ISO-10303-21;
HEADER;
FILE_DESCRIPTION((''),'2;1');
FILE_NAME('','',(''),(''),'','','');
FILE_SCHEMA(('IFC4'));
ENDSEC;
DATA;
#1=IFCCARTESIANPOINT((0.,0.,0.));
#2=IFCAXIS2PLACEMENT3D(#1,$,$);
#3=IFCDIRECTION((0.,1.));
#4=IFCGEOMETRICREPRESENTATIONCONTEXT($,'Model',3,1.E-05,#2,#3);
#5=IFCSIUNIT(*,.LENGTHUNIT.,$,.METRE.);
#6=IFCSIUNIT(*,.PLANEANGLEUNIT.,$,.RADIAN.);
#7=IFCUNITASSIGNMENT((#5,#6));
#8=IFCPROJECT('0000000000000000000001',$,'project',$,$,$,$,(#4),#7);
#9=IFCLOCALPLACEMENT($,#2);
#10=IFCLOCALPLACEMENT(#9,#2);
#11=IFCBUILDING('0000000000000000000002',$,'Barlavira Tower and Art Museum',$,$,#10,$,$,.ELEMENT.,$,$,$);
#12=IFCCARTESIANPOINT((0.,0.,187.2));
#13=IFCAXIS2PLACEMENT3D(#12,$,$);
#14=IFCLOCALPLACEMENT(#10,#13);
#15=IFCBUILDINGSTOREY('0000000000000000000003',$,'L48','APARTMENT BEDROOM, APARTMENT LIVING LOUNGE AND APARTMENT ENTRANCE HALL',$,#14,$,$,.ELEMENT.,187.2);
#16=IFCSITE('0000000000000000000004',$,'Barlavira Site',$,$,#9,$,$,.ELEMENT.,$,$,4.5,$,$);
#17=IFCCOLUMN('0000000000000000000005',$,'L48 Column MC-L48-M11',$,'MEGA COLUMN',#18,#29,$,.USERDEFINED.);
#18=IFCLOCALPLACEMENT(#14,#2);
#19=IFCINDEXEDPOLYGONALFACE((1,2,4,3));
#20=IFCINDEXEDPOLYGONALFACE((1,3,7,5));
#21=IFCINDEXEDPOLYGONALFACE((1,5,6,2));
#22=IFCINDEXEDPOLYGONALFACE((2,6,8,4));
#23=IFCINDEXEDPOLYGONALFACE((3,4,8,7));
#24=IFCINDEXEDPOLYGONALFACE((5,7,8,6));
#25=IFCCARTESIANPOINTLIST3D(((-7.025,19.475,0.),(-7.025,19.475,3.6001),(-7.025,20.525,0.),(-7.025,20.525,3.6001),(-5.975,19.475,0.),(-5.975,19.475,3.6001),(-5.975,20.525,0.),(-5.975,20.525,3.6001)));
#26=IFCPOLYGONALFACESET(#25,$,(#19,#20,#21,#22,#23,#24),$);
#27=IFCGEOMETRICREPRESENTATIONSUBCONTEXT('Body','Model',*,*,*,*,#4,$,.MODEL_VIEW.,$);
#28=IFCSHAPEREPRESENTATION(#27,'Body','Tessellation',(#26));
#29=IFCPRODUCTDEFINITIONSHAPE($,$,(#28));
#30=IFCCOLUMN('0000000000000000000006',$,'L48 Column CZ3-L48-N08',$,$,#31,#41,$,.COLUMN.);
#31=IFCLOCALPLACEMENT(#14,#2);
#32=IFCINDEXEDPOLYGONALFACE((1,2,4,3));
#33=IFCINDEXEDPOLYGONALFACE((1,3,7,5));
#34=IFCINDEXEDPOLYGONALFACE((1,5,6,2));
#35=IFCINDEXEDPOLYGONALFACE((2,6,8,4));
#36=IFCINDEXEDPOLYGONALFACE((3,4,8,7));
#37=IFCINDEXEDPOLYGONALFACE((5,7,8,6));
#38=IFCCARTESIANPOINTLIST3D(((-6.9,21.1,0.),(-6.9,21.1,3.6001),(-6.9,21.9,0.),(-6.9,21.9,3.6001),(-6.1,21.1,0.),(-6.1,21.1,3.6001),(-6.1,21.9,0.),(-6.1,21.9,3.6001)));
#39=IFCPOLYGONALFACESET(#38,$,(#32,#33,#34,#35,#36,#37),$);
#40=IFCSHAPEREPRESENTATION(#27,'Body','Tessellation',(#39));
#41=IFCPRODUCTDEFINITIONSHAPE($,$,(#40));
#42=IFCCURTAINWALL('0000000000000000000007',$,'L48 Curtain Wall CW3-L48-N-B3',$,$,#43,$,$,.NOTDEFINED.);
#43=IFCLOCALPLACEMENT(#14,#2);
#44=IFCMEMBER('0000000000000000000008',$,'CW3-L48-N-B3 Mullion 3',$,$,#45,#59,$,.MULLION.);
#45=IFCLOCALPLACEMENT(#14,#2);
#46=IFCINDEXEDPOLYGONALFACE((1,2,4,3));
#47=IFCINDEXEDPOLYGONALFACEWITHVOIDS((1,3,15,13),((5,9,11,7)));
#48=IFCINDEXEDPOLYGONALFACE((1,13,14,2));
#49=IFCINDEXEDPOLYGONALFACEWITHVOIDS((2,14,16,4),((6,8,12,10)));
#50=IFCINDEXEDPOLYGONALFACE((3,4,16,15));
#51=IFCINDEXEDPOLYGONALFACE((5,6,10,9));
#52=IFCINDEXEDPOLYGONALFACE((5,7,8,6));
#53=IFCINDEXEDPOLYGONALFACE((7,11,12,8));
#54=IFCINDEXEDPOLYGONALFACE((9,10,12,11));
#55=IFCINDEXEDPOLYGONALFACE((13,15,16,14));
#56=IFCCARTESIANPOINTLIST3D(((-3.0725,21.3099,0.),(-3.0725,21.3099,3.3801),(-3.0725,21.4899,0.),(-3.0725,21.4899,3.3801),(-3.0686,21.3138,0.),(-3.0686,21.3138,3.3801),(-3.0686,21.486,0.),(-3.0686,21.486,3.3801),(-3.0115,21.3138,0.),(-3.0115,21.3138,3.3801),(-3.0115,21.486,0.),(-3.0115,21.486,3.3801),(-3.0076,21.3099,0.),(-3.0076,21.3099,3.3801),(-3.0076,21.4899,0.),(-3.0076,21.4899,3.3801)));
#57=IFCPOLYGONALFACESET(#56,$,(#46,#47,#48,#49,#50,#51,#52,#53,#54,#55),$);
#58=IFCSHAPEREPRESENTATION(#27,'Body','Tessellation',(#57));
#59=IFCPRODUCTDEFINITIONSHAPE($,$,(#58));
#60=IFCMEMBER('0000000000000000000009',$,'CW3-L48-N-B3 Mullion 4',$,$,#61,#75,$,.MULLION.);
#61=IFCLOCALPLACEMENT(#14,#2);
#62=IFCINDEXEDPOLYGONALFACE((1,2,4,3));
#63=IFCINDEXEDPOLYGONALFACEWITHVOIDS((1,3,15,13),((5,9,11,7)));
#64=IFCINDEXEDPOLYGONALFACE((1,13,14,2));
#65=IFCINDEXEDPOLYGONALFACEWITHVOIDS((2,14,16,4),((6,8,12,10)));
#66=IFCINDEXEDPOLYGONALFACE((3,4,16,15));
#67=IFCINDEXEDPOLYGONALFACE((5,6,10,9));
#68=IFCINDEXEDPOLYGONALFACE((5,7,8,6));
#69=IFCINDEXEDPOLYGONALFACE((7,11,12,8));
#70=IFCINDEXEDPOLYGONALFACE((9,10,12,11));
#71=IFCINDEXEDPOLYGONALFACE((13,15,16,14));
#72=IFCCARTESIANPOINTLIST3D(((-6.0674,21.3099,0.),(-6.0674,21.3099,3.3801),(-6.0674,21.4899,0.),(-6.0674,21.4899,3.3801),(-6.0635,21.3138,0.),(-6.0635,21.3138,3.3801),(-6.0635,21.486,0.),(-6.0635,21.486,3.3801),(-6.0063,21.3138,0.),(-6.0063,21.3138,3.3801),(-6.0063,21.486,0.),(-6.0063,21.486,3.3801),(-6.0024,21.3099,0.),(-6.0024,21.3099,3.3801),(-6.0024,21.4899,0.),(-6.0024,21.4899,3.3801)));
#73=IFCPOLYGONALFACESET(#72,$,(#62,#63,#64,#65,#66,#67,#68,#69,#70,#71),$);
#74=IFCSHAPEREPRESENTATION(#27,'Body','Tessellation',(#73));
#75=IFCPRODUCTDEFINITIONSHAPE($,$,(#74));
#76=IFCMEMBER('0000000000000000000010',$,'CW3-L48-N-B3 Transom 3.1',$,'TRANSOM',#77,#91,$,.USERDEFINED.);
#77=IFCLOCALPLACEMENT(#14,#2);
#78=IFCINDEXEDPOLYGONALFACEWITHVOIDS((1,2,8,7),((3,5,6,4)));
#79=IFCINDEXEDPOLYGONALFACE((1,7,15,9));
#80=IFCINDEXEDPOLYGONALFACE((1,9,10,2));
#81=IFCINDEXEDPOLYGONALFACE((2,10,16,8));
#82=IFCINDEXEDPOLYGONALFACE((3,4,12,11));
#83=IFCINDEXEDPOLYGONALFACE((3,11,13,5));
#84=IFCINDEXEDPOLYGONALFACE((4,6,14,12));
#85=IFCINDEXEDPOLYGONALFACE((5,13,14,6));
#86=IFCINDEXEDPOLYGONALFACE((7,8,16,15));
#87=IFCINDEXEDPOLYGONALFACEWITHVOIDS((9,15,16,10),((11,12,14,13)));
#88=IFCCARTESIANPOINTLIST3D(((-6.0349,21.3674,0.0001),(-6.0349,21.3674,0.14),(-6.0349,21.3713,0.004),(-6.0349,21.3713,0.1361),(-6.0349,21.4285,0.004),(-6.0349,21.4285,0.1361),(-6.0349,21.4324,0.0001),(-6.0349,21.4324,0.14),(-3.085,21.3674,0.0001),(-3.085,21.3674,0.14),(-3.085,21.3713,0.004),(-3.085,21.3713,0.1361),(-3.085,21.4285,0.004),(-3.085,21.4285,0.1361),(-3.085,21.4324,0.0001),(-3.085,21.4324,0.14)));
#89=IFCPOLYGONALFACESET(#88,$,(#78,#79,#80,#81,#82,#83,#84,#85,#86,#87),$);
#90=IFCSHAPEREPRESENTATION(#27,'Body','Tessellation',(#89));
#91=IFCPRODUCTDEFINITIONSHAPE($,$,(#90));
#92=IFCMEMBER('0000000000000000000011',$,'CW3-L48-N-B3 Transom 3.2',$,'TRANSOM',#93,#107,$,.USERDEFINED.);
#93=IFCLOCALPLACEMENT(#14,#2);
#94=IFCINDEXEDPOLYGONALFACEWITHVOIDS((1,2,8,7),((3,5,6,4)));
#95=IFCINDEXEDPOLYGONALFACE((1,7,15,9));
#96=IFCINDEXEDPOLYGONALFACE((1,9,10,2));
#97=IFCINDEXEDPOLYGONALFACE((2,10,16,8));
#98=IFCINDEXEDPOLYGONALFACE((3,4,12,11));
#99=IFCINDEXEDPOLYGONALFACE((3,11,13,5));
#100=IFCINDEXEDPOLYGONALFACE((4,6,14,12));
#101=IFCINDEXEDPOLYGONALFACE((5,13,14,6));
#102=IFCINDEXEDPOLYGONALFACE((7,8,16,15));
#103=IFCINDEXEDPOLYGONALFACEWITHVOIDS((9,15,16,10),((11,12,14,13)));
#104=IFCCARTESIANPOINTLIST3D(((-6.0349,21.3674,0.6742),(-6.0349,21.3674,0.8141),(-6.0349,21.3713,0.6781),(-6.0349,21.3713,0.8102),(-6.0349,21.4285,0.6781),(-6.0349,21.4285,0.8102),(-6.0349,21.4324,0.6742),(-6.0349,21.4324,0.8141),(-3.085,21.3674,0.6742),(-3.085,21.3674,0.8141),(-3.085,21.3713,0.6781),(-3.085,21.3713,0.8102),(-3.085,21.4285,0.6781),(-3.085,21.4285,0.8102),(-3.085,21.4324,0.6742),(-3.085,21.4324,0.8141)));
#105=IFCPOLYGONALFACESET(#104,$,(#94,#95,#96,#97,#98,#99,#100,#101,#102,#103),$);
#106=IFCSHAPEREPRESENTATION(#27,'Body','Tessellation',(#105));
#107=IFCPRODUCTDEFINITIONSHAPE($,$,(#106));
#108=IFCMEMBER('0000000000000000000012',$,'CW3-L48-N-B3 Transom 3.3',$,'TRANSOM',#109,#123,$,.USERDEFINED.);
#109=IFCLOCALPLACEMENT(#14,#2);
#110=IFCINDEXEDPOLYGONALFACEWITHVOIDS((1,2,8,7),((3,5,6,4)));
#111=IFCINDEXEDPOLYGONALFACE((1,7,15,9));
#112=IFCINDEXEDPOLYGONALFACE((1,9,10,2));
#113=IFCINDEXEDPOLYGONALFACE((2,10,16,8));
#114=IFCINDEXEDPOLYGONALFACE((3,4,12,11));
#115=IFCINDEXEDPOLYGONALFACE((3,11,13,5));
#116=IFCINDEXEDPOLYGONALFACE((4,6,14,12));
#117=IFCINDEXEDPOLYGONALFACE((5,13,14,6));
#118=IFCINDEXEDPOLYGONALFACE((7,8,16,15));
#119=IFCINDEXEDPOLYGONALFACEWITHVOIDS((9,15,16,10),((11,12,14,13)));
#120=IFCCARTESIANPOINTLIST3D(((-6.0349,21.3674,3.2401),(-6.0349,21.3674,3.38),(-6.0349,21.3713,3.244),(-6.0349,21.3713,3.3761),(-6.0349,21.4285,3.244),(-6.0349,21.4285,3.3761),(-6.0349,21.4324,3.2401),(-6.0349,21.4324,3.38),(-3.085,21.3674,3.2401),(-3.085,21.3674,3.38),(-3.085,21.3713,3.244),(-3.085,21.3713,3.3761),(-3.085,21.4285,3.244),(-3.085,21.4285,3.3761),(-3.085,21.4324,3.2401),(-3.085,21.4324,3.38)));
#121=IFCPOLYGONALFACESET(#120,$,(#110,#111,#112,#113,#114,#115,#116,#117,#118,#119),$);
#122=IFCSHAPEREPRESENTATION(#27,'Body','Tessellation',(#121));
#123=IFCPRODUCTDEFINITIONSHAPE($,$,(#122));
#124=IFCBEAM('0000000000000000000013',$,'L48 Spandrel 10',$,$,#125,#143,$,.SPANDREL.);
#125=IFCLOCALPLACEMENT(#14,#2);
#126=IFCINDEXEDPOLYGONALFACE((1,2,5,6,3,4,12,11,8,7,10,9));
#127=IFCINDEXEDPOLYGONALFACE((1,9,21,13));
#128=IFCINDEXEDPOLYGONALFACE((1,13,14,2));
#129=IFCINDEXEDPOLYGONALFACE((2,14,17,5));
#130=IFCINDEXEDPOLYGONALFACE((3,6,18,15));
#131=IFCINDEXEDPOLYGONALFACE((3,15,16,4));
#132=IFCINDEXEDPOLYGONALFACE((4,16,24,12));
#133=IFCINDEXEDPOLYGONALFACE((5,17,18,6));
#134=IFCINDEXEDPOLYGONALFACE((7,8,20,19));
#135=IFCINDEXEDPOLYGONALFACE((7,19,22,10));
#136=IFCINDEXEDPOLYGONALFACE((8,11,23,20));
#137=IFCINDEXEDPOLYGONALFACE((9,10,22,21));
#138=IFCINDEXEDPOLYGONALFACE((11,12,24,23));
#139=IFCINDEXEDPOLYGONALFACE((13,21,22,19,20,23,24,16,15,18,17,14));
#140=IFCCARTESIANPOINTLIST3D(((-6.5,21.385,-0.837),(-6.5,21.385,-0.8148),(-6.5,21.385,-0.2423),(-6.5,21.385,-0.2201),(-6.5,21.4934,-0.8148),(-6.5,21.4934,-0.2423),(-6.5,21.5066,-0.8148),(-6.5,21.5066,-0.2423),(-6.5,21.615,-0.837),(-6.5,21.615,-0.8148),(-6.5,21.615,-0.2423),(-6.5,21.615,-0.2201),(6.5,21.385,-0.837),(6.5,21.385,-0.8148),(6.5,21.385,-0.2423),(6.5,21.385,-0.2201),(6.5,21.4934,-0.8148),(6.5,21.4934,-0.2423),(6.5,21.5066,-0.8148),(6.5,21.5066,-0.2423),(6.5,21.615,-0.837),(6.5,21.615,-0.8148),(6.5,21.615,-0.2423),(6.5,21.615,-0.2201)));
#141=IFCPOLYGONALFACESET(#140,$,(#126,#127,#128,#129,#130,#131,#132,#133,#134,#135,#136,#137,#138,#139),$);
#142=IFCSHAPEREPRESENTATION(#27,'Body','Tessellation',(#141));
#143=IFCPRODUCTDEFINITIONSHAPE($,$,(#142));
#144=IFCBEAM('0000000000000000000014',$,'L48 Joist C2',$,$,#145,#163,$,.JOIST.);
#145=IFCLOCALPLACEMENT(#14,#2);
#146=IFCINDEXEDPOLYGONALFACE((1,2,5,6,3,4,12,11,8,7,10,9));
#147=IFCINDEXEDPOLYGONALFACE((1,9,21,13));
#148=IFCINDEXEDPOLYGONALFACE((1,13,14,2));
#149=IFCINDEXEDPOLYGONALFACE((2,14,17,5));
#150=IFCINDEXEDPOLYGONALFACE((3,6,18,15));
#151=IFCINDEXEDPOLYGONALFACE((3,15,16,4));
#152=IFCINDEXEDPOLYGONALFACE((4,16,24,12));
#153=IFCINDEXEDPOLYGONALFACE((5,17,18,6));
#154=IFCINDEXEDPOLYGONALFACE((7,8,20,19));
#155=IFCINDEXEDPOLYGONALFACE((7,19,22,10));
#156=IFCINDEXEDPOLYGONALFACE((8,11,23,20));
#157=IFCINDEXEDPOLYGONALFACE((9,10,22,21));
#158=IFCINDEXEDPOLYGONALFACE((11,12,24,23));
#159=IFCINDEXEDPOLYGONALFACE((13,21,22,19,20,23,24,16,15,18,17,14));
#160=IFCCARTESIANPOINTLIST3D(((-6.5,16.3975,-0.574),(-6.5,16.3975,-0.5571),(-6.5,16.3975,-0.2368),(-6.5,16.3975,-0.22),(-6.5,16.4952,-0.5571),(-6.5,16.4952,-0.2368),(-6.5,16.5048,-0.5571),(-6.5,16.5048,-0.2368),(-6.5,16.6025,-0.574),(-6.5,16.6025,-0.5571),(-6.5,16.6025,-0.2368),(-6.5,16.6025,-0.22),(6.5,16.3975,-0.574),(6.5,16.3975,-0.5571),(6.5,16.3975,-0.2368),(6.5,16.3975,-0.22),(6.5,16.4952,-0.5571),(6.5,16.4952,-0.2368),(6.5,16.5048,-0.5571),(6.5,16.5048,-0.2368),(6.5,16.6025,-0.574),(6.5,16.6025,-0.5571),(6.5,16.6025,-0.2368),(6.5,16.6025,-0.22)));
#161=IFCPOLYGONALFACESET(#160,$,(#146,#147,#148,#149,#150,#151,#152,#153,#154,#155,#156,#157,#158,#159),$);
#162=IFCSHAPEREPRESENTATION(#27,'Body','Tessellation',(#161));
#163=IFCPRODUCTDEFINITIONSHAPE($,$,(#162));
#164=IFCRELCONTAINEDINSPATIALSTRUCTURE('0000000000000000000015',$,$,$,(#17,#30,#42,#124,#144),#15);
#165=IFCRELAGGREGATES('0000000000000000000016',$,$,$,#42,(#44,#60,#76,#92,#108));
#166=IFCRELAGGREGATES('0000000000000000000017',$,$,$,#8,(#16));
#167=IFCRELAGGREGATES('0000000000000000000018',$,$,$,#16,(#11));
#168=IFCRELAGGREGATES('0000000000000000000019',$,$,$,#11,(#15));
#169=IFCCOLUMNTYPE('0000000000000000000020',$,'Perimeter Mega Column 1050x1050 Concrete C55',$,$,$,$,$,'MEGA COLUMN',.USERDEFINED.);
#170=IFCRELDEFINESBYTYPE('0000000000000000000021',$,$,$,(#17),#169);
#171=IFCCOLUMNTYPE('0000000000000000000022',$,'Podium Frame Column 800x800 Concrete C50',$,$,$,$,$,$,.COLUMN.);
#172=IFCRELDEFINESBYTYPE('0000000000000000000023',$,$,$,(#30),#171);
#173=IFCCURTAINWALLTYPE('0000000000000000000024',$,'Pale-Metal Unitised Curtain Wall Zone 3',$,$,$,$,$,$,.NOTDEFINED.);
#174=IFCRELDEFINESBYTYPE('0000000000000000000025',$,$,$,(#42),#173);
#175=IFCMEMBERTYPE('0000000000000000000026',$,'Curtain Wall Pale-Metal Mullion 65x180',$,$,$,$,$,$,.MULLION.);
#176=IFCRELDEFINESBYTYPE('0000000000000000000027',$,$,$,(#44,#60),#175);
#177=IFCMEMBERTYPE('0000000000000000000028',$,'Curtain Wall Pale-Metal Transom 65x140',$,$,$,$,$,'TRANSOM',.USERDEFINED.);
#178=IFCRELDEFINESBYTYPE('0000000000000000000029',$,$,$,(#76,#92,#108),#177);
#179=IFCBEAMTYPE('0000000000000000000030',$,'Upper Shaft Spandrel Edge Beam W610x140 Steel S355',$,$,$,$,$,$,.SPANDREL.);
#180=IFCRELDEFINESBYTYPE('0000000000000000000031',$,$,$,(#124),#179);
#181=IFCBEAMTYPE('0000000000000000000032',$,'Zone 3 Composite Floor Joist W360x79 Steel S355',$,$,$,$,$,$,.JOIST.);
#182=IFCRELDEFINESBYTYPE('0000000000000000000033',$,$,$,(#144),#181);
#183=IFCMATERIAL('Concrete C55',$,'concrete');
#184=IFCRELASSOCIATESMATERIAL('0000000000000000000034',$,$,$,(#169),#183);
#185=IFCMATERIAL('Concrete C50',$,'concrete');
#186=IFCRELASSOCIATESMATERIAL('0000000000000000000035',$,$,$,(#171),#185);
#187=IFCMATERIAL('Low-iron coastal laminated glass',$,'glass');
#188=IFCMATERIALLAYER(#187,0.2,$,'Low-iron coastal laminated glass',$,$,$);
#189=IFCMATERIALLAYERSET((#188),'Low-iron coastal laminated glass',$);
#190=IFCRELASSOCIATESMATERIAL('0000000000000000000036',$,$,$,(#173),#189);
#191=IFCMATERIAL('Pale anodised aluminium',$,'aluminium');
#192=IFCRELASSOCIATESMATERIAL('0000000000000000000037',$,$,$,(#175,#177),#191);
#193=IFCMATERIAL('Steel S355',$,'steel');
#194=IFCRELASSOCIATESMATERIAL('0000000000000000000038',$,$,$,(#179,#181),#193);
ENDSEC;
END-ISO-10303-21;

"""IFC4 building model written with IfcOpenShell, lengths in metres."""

from ifc_helpers import new_model, si_unit, direction, frame, origin, origin_2d, place, context, subcontext, project, spatial, rectangle, hollow_rectangle, i_section, extrude, material, layer, layer_set, material_profile, profile_set, type_object, element, aggregate, save


model = new_model("IFC4")

# Units and contexts
model_context = context("Model", 3, precision=1e-05, world=origin(), true_north=direction((0.0, 1.0)))
body_context = subcontext(model_context, "Body", "Model", "MODEL_VIEW")
ifc_project = project(units=[si_unit("LENGTHUNIT", "METRE"), si_unit("PLANEANGLEUNIT", "RADIAN")], contexts=[model_context])

# Site, building, storey
site_placement = place(None, origin())
site = spatial("IfcSite", under=ifc_project, at=site_placement, Name="Barlavira Site", CompositionType="ELEMENT", RefElevation=4.5)
building_placement = place(site_placement, origin())
building = spatial("IfcBuilding", under=site, at=building_placement, Name="Barlavira Tower and Art Museum", CompositionType="ELEMENT")
storey_placement = place(building_placement, frame((0.0, 0.0, 187.2)))
storey = spatial("IfcBuildingStorey", under=building, at=storey_placement, Name="L48", Description="APARTMENT BEDROOM, APARTMENT LIVING LOUNGE AND APARTMENT ENTRANCE HALL", CompositionType="ELEMENT", Elevation=187.2)

# Columns
ifc_material_1 = material(Name="Concrete C55", Category="concrete")
ifc_material_profile_1 = material_profile(ifc_material_1, rectangle(XDim=1.05, YDim=1.05, at=origin_2d()), Name="RC-COL 1050x1050")
ifc_profile_set_1 = profile_set([ifc_material_profile_1], Name="Concrete C55")
column_type_1 = type_object("IfcColumnType", Name="Perimeter Mega Column 1050x1050 Concrete C55", ElementType="MEGA COLUMN", PredefinedType="USERDEFINED", material=ifc_profile_set_1)
column_1_placement = place(storey_placement, frame((-6.5, 20.0, 0.0), z_axis=(0.0, 0.0, 1.0), x_axis=(1.0, 0.0, 0.0)))
element("IfcColumn", 1, at=column_1_placement, inside=storey, type_object=column_type_1, Name="L48 Column MC-L48-M11", ObjectType="MEGA COLUMN", PredefinedType="USERDEFINED", context=body_context, shape_type="SweptSolid", body=[
    extrude(rectangle(XDim=1.05, YDim=1.05, at=origin_2d()), origin(), (0.0, 0.0, 1.0), 3.6001),
])
ifc_material_2 = material(Name="Concrete C50", Category="concrete")
ifc_material_profile_2 = material_profile(ifc_material_2, rectangle(XDim=0.8, YDim=0.8, at=origin_2d()), Name="RC-COL 800x800")
ifc_profile_set_2 = profile_set([ifc_material_profile_2], Name="Concrete C50")
column_type_2 = type_object("IfcColumnType", Name="Podium Frame Column 800x800 Concrete C50", PredefinedType="COLUMN", material=ifc_profile_set_2)
column_2_placement = place(storey_placement, frame((-6.5, 21.5, 0.0), z_axis=(0.0, 0.0, 1.0), x_axis=(1.0, 0.0, 0.0)))
element("IfcColumn", 2, at=column_2_placement, inside=storey, type_object=column_type_2, Name="L48 Column CZ3-L48-N08", PredefinedType="COLUMN", context=body_context, shape_type="SweptSolid", body=[
    extrude(rectangle(XDim=0.8, YDim=0.8, at=origin_2d()), origin(), (0.0, 0.0, 1.0), 3.6001),
])

# Curtain wall, members
ifc_material_3 = material(Name="Low-iron coastal laminated glass", Category="glass")
ifc_layer_1 = layer(ifc_material_3, 0.2, Name="Low-iron coastal laminated glass")
ifc_layer_set_1 = layer_set([ifc_layer_1], Name="Low-iron coastal laminated glass")
curtain_wall_type = type_object("IfcCurtainWallType", Name="Pale-Metal Unitised Curtain Wall Zone 3", PredefinedType="NOTDEFINED", material=ifc_layer_set_1)
curtain_wall_placement = place(storey_placement, origin())
curtain_wall = element("IfcCurtainWall", 3, at=curtain_wall_placement, inside=storey, type_object=curtain_wall_type, Name="L48 Curtain Wall CW3-L48-N-B3", PredefinedType="NOTDEFINED")
ifc_material_4 = material(Name="Pale anodised aluminium", Category="aluminium")
ifc_material_profile_3 = material_profile(ifc_material_4, hollow_rectangle(XDim=0.0649, YDim=0.1799, WallThickness=0.0039, at=origin_2d()), Name="ALU-MULL 65x180x4")
ifc_profile_set_3 = profile_set([ifc_material_profile_3], Name="Pale anodised aluminium")
member_type_1 = type_object("IfcMemberType", Name="Curtain Wall Pale-Metal Mullion 65x180", PredefinedType="MULLION", material=ifc_profile_set_3)
member_1_placement = place(storey_placement, frame((-3.04, 21.3999, 0.0), z_axis=(0.0, 0.0, 1.0), x_axis=(-1.0, 0.0, 0.0)))
member_1 = element("IfcMember", 4, at=member_1_placement, type_object=member_type_1, Name="CW3-L48-N-B3 Mullion 3", PredefinedType="MULLION", context=body_context, shape_type="SweptSolid", body=[
    extrude(hollow_rectangle(XDim=0.0649, YDim=0.1799, WallThickness=0.0039, at=origin_2d()), origin(), (0.0, 0.0, 1.0), 3.3801),
])
member_2_placement = place(storey_placement, frame((-6.0349, 21.3999, 0.0), z_axis=(0.0, 0.0, 1.0), x_axis=(-1.0, 0.0, 0.0)))
member_2 = element("IfcMember", 5, at=member_2_placement, type_object=member_type_1, Name="CW3-L48-N-B3 Mullion 4", PredefinedType="MULLION", context=body_context, shape_type="SweptSolid", body=[
    extrude(hollow_rectangle(XDim=0.0649, YDim=0.1799, WallThickness=0.0039, at=origin_2d()), origin(), (0.0, 0.0, 1.0), 3.3801),
])
ifc_material_profile_4 = material_profile(ifc_material_4, hollow_rectangle(XDim=0.0649, YDim=0.1399, WallThickness=0.0039, at=origin_2d()), Name="ALU-TRAN 65x140x4")
ifc_profile_set_4 = profile_set([ifc_material_profile_4], Name="Pale anodised aluminium")
member_type_2 = type_object("IfcMemberType", Name="Curtain Wall Pale-Metal Transom 65x140", ElementType="TRANSOM", PredefinedType="USERDEFINED", material=ifc_profile_set_4)
member_3_placement = place(storey_placement, frame((-3.085, 21.3999, 0.0701), z_axis=(-1.0, 0.0, 0.0), x_axis=(0.0, -1.0, 0.0)))
member_3 = element("IfcMember", 6, at=member_3_placement, type_object=member_type_2, Name="CW3-L48-N-B3 Transom 3.1", ObjectType="TRANSOM", PredefinedType="USERDEFINED", context=body_context, shape_type="SweptSolid", body=[
    extrude(hollow_rectangle(XDim=0.0649, YDim=0.1399, WallThickness=0.0039, at=origin_2d()), origin(), (0.0, 0.0, 1.0), 2.95),
])
member_4_placement = place(storey_placement, frame((-3.085, 21.3999, 0.7441), z_axis=(-1.0, 0.0, 0.0), x_axis=(0.0, -1.0, 0.0)))
member_4 = element("IfcMember", 7, at=member_4_placement, type_object=member_type_2, Name="CW3-L48-N-B3 Transom 3.2", ObjectType="TRANSOM", PredefinedType="USERDEFINED", context=body_context, shape_type="SweptSolid", body=[
    extrude(hollow_rectangle(XDim=0.0649, YDim=0.1399, WallThickness=0.0039, at=origin_2d()), origin(), (0.0, 0.0, 1.0), 2.95),
])
member_5_placement = place(storey_placement, frame((-3.085, 21.3999, 3.3101), z_axis=(-1.0, 0.0, 0.0), x_axis=(0.0, -1.0, 0.0)))
member_5 = element("IfcMember", 8, at=member_5_placement, type_object=member_type_2, Name="CW3-L48-N-B3 Transom 3.3", ObjectType="TRANSOM", PredefinedType="USERDEFINED", context=body_context, shape_type="SweptSolid", body=[
    extrude(hollow_rectangle(XDim=0.0649, YDim=0.1399, WallThickness=0.0039, at=origin_2d()), origin(), (0.0, 0.0, 1.0), 2.95),
])

# Beams
ifc_material_5 = material(Name="Steel S355", Category="steel")
ifc_material_profile_5 = material_profile(ifc_material_5, i_section(OverallWidth=0.23, OverallDepth=0.6169, WebThickness=0.0132, FlangeThickness=0.0222, at=origin_2d()), Name="W610x140.0")
ifc_profile_set_5 = profile_set([ifc_material_profile_5], Name="Steel S355")
beam_type_1 = type_object("IfcBeamType", Name="Upper Shaft Spandrel Edge Beam W610x140 Steel S355", PredefinedType="SPANDREL", material=ifc_profile_set_5)
beam_1_placement = place(storey_placement, frame((-6.5, 21.5, -0.5286), z_axis=(1.0, 0.0, 0.0), x_axis=(0.0, 1.0, 0.0)))
element("IfcBeam", 9, at=beam_1_placement, inside=storey, type_object=beam_type_1, Name="L48 Spandrel 10", PredefinedType="SPANDREL", context=body_context, shape_type="SweptSolid", body=[
    extrude(i_section(OverallWidth=0.23, OverallDepth=0.6169, WebThickness=0.0132, FlangeThickness=0.0222, at=origin_2d()), origin(), (0.0, 0.0, 1.0), 13.0),
])
ifc_material_profile_6 = material_profile(ifc_material_5, i_section(OverallWidth=0.2051, OverallDepth=0.354, WebThickness=0.0095, FlangeThickness=0.0168, at=origin_2d()), Name="W360x79.0")
ifc_profile_set_6 = profile_set([ifc_material_profile_6], Name="Steel S355")
beam_type_2 = type_object("IfcBeamType", Name="Zone 3 Composite Floor Joist W360x79 Steel S355", PredefinedType="JOIST", material=ifc_profile_set_6)
beam_2_placement = place(storey_placement, frame((-6.5, 16.5, -0.397), z_axis=(1.0, 0.0, 0.0), x_axis=(0.0, 1.0, 0.0)))
element("IfcBeam", 10, at=beam_2_placement, inside=storey, type_object=beam_type_2, Name="L48 Joist C2", PredefinedType="JOIST", context=body_context, shape_type="SweptSolid", body=[
    extrude(i_section(OverallWidth=0.2051, OverallDepth=0.354, WebThickness=0.0095, FlangeThickness=0.0168, at=origin_2d()), origin(), (0.0, 0.0, 1.0), 13.0),
])

aggregate(curtain_wall, [member_1, member_2, member_3, member_4, member_5])

save(model, "model.ifc")
